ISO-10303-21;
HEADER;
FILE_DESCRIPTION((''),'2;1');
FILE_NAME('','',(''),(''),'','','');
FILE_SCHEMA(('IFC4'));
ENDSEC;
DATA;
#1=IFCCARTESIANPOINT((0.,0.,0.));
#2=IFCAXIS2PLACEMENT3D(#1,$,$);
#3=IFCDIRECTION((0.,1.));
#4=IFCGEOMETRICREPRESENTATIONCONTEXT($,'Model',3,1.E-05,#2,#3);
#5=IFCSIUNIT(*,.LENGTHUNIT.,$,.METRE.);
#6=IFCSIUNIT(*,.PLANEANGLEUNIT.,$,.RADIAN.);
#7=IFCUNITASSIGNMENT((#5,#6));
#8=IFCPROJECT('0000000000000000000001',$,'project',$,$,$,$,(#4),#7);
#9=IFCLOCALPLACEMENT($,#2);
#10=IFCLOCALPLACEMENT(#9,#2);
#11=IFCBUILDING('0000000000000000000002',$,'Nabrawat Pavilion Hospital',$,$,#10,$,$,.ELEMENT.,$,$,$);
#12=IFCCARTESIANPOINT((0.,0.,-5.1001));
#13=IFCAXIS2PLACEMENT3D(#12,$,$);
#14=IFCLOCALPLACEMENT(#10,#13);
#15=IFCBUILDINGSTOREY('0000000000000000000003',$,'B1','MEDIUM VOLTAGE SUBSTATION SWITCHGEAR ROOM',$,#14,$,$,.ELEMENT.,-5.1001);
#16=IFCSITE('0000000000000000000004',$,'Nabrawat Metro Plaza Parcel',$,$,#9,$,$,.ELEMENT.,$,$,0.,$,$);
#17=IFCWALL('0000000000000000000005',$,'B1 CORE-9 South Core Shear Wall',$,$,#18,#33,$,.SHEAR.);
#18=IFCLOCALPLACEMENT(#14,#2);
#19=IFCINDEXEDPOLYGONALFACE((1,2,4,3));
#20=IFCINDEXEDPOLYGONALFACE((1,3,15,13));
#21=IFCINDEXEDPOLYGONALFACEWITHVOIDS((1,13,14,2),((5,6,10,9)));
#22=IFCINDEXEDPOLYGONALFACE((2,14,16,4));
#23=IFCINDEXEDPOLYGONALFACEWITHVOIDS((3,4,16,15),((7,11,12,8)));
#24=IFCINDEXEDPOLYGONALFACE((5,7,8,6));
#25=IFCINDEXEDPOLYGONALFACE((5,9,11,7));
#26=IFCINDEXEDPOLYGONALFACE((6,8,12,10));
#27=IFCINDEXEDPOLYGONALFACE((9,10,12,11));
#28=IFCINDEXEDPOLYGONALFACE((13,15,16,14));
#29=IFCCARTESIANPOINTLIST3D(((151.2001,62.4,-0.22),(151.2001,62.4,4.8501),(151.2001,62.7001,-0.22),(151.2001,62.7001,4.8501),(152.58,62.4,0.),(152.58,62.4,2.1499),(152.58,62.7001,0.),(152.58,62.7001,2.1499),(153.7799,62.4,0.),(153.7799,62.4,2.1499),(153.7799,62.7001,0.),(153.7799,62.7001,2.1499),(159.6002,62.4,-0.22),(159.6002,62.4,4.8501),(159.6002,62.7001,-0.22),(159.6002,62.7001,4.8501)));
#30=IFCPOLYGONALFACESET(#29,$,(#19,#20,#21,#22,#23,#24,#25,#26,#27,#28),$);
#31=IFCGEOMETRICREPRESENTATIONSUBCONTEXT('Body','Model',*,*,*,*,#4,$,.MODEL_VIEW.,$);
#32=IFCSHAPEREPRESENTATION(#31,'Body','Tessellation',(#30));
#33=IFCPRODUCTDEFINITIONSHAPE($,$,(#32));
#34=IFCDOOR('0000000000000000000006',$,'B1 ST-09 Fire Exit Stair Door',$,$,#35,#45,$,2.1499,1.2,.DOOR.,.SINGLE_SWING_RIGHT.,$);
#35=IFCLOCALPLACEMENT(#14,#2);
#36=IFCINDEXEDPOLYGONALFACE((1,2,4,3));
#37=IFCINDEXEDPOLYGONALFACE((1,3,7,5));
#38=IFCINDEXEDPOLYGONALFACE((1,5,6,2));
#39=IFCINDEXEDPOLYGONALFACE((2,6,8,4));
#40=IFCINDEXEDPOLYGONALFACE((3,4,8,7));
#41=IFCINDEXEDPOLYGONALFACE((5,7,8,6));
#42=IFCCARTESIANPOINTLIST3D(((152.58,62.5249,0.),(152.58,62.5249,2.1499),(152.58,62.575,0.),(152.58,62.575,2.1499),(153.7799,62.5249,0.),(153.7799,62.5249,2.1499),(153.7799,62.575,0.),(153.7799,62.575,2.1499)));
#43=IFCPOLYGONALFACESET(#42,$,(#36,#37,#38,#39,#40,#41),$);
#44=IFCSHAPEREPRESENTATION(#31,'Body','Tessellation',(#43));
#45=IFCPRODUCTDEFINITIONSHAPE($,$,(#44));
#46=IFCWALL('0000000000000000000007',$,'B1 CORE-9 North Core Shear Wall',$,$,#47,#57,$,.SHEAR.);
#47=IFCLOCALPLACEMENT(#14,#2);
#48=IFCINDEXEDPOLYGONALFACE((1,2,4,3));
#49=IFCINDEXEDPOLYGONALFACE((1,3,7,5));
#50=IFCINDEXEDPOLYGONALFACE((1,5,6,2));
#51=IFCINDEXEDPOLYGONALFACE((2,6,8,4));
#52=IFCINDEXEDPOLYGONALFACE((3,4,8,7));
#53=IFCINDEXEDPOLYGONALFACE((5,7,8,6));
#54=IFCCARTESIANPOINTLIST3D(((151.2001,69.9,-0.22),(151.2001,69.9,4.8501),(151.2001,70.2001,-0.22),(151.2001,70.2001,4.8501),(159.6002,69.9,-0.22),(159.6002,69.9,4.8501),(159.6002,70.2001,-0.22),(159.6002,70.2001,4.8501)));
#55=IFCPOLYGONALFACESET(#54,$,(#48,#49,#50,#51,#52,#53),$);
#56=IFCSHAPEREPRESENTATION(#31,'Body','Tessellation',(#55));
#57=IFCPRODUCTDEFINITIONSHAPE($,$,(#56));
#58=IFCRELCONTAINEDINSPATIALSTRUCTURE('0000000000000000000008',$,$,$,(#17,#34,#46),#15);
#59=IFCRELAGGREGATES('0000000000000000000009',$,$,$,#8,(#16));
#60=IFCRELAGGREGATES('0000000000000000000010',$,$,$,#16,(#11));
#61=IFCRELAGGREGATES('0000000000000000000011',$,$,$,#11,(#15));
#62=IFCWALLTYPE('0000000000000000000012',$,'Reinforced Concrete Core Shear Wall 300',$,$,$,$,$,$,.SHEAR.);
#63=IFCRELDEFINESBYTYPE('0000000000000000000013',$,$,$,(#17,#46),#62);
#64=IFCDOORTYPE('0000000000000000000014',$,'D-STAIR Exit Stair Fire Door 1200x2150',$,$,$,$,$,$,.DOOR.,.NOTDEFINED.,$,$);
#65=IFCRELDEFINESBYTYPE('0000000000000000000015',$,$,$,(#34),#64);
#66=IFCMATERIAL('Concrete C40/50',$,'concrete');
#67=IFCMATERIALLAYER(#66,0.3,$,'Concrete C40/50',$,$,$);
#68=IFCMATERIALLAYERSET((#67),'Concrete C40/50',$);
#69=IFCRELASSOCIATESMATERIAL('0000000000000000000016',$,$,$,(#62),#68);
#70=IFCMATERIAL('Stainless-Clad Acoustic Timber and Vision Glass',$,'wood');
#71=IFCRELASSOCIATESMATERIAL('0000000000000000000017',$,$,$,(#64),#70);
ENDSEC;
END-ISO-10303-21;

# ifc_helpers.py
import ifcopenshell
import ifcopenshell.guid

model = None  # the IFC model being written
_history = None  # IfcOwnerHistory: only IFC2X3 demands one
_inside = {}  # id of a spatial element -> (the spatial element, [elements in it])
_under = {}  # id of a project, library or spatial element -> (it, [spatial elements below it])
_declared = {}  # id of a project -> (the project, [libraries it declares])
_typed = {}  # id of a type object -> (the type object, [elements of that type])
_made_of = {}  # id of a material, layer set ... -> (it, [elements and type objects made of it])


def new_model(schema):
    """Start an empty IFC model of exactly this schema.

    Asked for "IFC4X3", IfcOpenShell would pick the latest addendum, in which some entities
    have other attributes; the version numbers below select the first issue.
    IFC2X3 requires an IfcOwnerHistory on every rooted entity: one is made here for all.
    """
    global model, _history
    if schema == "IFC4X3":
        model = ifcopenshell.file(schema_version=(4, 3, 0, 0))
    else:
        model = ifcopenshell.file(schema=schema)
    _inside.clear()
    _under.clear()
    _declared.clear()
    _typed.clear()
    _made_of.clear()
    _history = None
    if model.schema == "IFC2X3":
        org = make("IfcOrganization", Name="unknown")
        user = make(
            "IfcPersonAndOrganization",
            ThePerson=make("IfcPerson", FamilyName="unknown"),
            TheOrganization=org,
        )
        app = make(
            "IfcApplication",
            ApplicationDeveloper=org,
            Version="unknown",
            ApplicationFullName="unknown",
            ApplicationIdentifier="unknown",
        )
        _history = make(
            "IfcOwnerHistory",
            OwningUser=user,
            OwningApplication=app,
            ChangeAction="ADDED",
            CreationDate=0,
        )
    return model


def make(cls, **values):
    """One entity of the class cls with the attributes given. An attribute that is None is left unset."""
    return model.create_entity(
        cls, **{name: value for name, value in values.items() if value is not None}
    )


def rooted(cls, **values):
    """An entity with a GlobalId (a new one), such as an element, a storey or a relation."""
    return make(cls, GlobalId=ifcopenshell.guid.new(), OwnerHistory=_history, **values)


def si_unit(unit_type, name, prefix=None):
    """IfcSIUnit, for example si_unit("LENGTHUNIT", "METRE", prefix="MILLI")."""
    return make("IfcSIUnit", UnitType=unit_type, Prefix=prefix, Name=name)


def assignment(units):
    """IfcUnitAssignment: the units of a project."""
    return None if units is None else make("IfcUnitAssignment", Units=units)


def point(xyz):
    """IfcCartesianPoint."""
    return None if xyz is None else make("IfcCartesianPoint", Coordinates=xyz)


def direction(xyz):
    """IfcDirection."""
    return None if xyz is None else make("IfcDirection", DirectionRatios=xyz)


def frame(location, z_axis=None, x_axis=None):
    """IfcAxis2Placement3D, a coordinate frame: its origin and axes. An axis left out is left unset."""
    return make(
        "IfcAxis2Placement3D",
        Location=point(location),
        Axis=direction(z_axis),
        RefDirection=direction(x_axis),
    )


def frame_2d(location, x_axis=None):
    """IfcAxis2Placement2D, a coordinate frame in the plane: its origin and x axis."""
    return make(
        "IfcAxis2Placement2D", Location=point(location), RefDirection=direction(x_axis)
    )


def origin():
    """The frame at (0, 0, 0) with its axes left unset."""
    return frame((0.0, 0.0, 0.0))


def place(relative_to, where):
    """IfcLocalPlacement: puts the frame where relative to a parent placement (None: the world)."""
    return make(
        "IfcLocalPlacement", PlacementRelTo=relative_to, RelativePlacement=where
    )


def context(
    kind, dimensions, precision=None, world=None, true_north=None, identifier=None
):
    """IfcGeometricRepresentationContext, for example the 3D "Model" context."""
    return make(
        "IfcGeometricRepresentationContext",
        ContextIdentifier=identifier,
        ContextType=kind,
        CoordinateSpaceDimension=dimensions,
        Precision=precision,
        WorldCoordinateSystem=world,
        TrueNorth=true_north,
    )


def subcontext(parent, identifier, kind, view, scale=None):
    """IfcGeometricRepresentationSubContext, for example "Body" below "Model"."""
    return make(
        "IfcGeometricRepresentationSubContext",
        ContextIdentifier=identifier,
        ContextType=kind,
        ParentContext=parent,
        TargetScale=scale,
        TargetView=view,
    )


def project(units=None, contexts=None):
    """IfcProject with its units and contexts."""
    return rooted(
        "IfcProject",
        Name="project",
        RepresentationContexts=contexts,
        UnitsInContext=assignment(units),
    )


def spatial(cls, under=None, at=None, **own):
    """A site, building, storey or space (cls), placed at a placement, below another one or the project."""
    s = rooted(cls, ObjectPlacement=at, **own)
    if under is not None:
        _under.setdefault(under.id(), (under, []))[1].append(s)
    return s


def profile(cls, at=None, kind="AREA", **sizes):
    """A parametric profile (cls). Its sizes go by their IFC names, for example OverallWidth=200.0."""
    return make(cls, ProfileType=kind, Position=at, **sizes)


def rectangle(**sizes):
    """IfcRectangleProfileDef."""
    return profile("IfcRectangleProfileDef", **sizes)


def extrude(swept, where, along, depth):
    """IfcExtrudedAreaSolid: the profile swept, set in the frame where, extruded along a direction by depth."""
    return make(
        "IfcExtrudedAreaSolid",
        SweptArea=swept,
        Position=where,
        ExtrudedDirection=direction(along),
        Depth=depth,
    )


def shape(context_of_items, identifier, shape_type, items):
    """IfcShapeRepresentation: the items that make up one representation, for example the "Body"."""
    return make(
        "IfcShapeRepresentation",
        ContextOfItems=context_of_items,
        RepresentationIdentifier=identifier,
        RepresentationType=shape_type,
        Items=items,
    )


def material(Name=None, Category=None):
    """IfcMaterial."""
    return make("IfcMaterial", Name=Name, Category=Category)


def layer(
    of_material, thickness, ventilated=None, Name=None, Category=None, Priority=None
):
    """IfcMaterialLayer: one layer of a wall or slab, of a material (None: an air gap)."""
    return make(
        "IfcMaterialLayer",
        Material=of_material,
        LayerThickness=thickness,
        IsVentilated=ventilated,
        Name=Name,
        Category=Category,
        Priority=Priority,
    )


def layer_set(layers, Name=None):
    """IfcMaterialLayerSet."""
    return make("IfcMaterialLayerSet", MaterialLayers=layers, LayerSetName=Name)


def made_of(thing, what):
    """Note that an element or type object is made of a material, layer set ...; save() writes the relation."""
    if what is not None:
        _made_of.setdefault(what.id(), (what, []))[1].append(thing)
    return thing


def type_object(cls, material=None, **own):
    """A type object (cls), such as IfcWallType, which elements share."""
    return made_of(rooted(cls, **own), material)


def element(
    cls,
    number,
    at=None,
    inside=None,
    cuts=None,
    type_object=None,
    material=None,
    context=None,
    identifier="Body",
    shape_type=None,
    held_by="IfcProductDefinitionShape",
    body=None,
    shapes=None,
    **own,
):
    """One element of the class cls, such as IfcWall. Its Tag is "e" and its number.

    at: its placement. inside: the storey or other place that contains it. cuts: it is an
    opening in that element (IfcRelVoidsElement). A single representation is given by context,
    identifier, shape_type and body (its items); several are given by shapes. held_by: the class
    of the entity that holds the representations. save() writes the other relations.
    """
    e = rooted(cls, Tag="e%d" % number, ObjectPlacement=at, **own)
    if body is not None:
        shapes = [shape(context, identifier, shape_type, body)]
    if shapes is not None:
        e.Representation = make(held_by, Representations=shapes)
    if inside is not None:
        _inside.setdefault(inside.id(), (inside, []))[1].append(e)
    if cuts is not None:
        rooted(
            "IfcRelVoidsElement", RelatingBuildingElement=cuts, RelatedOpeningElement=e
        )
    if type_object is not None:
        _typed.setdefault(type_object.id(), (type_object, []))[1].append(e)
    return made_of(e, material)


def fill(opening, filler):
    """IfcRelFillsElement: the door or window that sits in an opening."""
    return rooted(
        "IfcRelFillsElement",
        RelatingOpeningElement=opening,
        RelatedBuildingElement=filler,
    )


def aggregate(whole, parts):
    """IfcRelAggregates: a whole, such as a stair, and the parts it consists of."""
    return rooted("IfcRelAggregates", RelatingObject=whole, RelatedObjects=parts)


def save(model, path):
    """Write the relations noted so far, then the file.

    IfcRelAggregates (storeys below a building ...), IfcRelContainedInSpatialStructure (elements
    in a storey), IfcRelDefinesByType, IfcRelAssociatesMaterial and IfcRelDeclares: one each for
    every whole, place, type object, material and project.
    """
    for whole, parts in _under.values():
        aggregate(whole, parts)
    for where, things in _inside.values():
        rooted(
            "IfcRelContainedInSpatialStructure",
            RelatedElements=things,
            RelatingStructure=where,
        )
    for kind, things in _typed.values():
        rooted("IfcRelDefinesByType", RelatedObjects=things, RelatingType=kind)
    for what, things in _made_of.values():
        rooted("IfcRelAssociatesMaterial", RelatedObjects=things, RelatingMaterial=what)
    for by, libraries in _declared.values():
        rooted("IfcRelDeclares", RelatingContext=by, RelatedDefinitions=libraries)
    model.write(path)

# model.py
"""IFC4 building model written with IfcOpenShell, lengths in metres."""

from ifc_helpers import new_model, si_unit, direction, frame, frame_2d, origin, place, context, subcontext, project, spatial, rectangle, extrude, material, layer, layer_set, type_object, element, fill, save


model = new_model("IFC4")

# Units and contexts
model_context = context("Model", 3, precision=1e-05, world=origin(), true_north=direction((0.0, 1.0)))
body_context = subcontext(model_context, "Body", "Model", "MODEL_VIEW")
ifc_project = project(units=[si_unit("LENGTHUNIT", "METRE"), si_unit("PLANEANGLEUNIT", "RADIAN")], contexts=[model_context])

# Site, building, storey
site_placement = place(None, origin())
site = spatial("IfcSite", under=ifc_project, at=site_placement, Name="Nabrawat Metro Plaza Parcel", CompositionType="ELEMENT", RefElevation=0.0)
building_placement = place(site_placement, origin())
building = spatial("IfcBuilding", under=site, at=building_placement, Name="Nabrawat Pavilion Hospital", CompositionType="ELEMENT")
storey_placement = place(building_placement, frame((0.0, 0.0, -5.1001)))
storey = spatial("IfcBuildingStorey", under=building, at=storey_placement, Name="B1", Description="MEDIUM VOLTAGE SUBSTATION SWITCHGEAR ROOM", CompositionType="ELEMENT", Elevation=-5.1001)

# Shared definitions
ifc_material_1 = material(Name="Concrete C40/50", Category="concrete")

# Wall, opening, door
ifc_layer = layer(ifc_material_1, 0.3, Name="Concrete C40/50")
ifc_layer_set = layer_set([ifc_layer], Name="Concrete C40/50")
wall_type = type_object("IfcWallType", Name="Reinforced Concrete Core Shear Wall 300", PredefinedType="SHEAR", material=ifc_layer_set)
wall_1_placement = place(storey_placement, frame((151.2, 62.55, -0.22), z_axis=(0.0, 0.0, 1.0), x_axis=(1.0, 0.0, 0.0)))
wall_1 = element("IfcWall", 1, at=wall_1_placement, inside=storey, type_object=wall_type, Name="B1 CORE-9 South Core Shear Wall", PredefinedType="SHEAR", context=body_context, shape_type="SweptSolid", body=[
    extrude(rectangle(XDim=8.4001, YDim=0.3, at=frame_2d((4.2002, 0.0))), origin(), (0.0, 0.0, 1.0), 5.0701),
])
opening_placement = place(wall_1_placement, frame((1.3799, 0.0, 0.22)))
opening = element("IfcOpeningElement", 2, at=opening_placement, cuts=wall_1, PredefinedType="OPENING", context=body_context, shape_type="SweptSolid", body=[
    extrude(rectangle(XDim=1.2, YDim=2.1499, at=frame_2d((0.6001, 1.075))), frame((0.0, 0.1602, 0.0), z_axis=(0.0, -1.0, 0.0), x_axis=(1.0, 0.0, 0.0)), (0.0, 0.0, 1.0), 0.3201),
])
ifc_material_2 = material(Name="Stainless-Clad Acoustic Timber and Vision Glass", Category="wood")
door_type = type_object("IfcDoorType", Name="D-STAIR Exit Stair Fire Door 1200x2150", OperationType="NOTDEFINED", PredefinedType="DOOR", material=ifc_material_2)
door_placement = place(opening_placement, origin())
door = element("IfcDoor", 3, at=door_placement, inside=storey, type_object=door_type, Name="B1 ST-09 Fire Exit Stair Door", OperationType="SINGLE_SWING_RIGHT", OverallHeight=2.1499, OverallWidth=1.2, PredefinedType="DOOR", context=body_context, shape_type="SweptSolid", body=[
    extrude(rectangle(XDim=1.2, YDim=2.1499, at=frame_2d((0.6001, 1.075))), frame((0.0, 0.0249, 0.0), z_axis=(0.0, -1.0, 0.0), x_axis=(1.0, 0.0, 0.0)), (0.0, 0.0, 1.0), 0.05),
])
fill(opening, door)

# Wall
wall_2_placement = place(storey_placement, frame((151.2, 70.05, -0.22), z_axis=(0.0, 0.0, 1.0), x_axis=(1.0, 0.0, 0.0)))
element("IfcWall", 4, at=wall_2_placement, inside=storey, type_object=wall_type, Name="B1 CORE-9 North Core Shear Wall", PredefinedType="SHEAR", context=body_context, shape_type="SweptSolid", body=[
    extrude(rectangle(XDim=8.4001, YDim=0.3, at=frame_2d((4.2002, 0.0))), origin(), (0.0, 0.0, 1.0), 5.0701),
])

save(model, "model.ifc")
